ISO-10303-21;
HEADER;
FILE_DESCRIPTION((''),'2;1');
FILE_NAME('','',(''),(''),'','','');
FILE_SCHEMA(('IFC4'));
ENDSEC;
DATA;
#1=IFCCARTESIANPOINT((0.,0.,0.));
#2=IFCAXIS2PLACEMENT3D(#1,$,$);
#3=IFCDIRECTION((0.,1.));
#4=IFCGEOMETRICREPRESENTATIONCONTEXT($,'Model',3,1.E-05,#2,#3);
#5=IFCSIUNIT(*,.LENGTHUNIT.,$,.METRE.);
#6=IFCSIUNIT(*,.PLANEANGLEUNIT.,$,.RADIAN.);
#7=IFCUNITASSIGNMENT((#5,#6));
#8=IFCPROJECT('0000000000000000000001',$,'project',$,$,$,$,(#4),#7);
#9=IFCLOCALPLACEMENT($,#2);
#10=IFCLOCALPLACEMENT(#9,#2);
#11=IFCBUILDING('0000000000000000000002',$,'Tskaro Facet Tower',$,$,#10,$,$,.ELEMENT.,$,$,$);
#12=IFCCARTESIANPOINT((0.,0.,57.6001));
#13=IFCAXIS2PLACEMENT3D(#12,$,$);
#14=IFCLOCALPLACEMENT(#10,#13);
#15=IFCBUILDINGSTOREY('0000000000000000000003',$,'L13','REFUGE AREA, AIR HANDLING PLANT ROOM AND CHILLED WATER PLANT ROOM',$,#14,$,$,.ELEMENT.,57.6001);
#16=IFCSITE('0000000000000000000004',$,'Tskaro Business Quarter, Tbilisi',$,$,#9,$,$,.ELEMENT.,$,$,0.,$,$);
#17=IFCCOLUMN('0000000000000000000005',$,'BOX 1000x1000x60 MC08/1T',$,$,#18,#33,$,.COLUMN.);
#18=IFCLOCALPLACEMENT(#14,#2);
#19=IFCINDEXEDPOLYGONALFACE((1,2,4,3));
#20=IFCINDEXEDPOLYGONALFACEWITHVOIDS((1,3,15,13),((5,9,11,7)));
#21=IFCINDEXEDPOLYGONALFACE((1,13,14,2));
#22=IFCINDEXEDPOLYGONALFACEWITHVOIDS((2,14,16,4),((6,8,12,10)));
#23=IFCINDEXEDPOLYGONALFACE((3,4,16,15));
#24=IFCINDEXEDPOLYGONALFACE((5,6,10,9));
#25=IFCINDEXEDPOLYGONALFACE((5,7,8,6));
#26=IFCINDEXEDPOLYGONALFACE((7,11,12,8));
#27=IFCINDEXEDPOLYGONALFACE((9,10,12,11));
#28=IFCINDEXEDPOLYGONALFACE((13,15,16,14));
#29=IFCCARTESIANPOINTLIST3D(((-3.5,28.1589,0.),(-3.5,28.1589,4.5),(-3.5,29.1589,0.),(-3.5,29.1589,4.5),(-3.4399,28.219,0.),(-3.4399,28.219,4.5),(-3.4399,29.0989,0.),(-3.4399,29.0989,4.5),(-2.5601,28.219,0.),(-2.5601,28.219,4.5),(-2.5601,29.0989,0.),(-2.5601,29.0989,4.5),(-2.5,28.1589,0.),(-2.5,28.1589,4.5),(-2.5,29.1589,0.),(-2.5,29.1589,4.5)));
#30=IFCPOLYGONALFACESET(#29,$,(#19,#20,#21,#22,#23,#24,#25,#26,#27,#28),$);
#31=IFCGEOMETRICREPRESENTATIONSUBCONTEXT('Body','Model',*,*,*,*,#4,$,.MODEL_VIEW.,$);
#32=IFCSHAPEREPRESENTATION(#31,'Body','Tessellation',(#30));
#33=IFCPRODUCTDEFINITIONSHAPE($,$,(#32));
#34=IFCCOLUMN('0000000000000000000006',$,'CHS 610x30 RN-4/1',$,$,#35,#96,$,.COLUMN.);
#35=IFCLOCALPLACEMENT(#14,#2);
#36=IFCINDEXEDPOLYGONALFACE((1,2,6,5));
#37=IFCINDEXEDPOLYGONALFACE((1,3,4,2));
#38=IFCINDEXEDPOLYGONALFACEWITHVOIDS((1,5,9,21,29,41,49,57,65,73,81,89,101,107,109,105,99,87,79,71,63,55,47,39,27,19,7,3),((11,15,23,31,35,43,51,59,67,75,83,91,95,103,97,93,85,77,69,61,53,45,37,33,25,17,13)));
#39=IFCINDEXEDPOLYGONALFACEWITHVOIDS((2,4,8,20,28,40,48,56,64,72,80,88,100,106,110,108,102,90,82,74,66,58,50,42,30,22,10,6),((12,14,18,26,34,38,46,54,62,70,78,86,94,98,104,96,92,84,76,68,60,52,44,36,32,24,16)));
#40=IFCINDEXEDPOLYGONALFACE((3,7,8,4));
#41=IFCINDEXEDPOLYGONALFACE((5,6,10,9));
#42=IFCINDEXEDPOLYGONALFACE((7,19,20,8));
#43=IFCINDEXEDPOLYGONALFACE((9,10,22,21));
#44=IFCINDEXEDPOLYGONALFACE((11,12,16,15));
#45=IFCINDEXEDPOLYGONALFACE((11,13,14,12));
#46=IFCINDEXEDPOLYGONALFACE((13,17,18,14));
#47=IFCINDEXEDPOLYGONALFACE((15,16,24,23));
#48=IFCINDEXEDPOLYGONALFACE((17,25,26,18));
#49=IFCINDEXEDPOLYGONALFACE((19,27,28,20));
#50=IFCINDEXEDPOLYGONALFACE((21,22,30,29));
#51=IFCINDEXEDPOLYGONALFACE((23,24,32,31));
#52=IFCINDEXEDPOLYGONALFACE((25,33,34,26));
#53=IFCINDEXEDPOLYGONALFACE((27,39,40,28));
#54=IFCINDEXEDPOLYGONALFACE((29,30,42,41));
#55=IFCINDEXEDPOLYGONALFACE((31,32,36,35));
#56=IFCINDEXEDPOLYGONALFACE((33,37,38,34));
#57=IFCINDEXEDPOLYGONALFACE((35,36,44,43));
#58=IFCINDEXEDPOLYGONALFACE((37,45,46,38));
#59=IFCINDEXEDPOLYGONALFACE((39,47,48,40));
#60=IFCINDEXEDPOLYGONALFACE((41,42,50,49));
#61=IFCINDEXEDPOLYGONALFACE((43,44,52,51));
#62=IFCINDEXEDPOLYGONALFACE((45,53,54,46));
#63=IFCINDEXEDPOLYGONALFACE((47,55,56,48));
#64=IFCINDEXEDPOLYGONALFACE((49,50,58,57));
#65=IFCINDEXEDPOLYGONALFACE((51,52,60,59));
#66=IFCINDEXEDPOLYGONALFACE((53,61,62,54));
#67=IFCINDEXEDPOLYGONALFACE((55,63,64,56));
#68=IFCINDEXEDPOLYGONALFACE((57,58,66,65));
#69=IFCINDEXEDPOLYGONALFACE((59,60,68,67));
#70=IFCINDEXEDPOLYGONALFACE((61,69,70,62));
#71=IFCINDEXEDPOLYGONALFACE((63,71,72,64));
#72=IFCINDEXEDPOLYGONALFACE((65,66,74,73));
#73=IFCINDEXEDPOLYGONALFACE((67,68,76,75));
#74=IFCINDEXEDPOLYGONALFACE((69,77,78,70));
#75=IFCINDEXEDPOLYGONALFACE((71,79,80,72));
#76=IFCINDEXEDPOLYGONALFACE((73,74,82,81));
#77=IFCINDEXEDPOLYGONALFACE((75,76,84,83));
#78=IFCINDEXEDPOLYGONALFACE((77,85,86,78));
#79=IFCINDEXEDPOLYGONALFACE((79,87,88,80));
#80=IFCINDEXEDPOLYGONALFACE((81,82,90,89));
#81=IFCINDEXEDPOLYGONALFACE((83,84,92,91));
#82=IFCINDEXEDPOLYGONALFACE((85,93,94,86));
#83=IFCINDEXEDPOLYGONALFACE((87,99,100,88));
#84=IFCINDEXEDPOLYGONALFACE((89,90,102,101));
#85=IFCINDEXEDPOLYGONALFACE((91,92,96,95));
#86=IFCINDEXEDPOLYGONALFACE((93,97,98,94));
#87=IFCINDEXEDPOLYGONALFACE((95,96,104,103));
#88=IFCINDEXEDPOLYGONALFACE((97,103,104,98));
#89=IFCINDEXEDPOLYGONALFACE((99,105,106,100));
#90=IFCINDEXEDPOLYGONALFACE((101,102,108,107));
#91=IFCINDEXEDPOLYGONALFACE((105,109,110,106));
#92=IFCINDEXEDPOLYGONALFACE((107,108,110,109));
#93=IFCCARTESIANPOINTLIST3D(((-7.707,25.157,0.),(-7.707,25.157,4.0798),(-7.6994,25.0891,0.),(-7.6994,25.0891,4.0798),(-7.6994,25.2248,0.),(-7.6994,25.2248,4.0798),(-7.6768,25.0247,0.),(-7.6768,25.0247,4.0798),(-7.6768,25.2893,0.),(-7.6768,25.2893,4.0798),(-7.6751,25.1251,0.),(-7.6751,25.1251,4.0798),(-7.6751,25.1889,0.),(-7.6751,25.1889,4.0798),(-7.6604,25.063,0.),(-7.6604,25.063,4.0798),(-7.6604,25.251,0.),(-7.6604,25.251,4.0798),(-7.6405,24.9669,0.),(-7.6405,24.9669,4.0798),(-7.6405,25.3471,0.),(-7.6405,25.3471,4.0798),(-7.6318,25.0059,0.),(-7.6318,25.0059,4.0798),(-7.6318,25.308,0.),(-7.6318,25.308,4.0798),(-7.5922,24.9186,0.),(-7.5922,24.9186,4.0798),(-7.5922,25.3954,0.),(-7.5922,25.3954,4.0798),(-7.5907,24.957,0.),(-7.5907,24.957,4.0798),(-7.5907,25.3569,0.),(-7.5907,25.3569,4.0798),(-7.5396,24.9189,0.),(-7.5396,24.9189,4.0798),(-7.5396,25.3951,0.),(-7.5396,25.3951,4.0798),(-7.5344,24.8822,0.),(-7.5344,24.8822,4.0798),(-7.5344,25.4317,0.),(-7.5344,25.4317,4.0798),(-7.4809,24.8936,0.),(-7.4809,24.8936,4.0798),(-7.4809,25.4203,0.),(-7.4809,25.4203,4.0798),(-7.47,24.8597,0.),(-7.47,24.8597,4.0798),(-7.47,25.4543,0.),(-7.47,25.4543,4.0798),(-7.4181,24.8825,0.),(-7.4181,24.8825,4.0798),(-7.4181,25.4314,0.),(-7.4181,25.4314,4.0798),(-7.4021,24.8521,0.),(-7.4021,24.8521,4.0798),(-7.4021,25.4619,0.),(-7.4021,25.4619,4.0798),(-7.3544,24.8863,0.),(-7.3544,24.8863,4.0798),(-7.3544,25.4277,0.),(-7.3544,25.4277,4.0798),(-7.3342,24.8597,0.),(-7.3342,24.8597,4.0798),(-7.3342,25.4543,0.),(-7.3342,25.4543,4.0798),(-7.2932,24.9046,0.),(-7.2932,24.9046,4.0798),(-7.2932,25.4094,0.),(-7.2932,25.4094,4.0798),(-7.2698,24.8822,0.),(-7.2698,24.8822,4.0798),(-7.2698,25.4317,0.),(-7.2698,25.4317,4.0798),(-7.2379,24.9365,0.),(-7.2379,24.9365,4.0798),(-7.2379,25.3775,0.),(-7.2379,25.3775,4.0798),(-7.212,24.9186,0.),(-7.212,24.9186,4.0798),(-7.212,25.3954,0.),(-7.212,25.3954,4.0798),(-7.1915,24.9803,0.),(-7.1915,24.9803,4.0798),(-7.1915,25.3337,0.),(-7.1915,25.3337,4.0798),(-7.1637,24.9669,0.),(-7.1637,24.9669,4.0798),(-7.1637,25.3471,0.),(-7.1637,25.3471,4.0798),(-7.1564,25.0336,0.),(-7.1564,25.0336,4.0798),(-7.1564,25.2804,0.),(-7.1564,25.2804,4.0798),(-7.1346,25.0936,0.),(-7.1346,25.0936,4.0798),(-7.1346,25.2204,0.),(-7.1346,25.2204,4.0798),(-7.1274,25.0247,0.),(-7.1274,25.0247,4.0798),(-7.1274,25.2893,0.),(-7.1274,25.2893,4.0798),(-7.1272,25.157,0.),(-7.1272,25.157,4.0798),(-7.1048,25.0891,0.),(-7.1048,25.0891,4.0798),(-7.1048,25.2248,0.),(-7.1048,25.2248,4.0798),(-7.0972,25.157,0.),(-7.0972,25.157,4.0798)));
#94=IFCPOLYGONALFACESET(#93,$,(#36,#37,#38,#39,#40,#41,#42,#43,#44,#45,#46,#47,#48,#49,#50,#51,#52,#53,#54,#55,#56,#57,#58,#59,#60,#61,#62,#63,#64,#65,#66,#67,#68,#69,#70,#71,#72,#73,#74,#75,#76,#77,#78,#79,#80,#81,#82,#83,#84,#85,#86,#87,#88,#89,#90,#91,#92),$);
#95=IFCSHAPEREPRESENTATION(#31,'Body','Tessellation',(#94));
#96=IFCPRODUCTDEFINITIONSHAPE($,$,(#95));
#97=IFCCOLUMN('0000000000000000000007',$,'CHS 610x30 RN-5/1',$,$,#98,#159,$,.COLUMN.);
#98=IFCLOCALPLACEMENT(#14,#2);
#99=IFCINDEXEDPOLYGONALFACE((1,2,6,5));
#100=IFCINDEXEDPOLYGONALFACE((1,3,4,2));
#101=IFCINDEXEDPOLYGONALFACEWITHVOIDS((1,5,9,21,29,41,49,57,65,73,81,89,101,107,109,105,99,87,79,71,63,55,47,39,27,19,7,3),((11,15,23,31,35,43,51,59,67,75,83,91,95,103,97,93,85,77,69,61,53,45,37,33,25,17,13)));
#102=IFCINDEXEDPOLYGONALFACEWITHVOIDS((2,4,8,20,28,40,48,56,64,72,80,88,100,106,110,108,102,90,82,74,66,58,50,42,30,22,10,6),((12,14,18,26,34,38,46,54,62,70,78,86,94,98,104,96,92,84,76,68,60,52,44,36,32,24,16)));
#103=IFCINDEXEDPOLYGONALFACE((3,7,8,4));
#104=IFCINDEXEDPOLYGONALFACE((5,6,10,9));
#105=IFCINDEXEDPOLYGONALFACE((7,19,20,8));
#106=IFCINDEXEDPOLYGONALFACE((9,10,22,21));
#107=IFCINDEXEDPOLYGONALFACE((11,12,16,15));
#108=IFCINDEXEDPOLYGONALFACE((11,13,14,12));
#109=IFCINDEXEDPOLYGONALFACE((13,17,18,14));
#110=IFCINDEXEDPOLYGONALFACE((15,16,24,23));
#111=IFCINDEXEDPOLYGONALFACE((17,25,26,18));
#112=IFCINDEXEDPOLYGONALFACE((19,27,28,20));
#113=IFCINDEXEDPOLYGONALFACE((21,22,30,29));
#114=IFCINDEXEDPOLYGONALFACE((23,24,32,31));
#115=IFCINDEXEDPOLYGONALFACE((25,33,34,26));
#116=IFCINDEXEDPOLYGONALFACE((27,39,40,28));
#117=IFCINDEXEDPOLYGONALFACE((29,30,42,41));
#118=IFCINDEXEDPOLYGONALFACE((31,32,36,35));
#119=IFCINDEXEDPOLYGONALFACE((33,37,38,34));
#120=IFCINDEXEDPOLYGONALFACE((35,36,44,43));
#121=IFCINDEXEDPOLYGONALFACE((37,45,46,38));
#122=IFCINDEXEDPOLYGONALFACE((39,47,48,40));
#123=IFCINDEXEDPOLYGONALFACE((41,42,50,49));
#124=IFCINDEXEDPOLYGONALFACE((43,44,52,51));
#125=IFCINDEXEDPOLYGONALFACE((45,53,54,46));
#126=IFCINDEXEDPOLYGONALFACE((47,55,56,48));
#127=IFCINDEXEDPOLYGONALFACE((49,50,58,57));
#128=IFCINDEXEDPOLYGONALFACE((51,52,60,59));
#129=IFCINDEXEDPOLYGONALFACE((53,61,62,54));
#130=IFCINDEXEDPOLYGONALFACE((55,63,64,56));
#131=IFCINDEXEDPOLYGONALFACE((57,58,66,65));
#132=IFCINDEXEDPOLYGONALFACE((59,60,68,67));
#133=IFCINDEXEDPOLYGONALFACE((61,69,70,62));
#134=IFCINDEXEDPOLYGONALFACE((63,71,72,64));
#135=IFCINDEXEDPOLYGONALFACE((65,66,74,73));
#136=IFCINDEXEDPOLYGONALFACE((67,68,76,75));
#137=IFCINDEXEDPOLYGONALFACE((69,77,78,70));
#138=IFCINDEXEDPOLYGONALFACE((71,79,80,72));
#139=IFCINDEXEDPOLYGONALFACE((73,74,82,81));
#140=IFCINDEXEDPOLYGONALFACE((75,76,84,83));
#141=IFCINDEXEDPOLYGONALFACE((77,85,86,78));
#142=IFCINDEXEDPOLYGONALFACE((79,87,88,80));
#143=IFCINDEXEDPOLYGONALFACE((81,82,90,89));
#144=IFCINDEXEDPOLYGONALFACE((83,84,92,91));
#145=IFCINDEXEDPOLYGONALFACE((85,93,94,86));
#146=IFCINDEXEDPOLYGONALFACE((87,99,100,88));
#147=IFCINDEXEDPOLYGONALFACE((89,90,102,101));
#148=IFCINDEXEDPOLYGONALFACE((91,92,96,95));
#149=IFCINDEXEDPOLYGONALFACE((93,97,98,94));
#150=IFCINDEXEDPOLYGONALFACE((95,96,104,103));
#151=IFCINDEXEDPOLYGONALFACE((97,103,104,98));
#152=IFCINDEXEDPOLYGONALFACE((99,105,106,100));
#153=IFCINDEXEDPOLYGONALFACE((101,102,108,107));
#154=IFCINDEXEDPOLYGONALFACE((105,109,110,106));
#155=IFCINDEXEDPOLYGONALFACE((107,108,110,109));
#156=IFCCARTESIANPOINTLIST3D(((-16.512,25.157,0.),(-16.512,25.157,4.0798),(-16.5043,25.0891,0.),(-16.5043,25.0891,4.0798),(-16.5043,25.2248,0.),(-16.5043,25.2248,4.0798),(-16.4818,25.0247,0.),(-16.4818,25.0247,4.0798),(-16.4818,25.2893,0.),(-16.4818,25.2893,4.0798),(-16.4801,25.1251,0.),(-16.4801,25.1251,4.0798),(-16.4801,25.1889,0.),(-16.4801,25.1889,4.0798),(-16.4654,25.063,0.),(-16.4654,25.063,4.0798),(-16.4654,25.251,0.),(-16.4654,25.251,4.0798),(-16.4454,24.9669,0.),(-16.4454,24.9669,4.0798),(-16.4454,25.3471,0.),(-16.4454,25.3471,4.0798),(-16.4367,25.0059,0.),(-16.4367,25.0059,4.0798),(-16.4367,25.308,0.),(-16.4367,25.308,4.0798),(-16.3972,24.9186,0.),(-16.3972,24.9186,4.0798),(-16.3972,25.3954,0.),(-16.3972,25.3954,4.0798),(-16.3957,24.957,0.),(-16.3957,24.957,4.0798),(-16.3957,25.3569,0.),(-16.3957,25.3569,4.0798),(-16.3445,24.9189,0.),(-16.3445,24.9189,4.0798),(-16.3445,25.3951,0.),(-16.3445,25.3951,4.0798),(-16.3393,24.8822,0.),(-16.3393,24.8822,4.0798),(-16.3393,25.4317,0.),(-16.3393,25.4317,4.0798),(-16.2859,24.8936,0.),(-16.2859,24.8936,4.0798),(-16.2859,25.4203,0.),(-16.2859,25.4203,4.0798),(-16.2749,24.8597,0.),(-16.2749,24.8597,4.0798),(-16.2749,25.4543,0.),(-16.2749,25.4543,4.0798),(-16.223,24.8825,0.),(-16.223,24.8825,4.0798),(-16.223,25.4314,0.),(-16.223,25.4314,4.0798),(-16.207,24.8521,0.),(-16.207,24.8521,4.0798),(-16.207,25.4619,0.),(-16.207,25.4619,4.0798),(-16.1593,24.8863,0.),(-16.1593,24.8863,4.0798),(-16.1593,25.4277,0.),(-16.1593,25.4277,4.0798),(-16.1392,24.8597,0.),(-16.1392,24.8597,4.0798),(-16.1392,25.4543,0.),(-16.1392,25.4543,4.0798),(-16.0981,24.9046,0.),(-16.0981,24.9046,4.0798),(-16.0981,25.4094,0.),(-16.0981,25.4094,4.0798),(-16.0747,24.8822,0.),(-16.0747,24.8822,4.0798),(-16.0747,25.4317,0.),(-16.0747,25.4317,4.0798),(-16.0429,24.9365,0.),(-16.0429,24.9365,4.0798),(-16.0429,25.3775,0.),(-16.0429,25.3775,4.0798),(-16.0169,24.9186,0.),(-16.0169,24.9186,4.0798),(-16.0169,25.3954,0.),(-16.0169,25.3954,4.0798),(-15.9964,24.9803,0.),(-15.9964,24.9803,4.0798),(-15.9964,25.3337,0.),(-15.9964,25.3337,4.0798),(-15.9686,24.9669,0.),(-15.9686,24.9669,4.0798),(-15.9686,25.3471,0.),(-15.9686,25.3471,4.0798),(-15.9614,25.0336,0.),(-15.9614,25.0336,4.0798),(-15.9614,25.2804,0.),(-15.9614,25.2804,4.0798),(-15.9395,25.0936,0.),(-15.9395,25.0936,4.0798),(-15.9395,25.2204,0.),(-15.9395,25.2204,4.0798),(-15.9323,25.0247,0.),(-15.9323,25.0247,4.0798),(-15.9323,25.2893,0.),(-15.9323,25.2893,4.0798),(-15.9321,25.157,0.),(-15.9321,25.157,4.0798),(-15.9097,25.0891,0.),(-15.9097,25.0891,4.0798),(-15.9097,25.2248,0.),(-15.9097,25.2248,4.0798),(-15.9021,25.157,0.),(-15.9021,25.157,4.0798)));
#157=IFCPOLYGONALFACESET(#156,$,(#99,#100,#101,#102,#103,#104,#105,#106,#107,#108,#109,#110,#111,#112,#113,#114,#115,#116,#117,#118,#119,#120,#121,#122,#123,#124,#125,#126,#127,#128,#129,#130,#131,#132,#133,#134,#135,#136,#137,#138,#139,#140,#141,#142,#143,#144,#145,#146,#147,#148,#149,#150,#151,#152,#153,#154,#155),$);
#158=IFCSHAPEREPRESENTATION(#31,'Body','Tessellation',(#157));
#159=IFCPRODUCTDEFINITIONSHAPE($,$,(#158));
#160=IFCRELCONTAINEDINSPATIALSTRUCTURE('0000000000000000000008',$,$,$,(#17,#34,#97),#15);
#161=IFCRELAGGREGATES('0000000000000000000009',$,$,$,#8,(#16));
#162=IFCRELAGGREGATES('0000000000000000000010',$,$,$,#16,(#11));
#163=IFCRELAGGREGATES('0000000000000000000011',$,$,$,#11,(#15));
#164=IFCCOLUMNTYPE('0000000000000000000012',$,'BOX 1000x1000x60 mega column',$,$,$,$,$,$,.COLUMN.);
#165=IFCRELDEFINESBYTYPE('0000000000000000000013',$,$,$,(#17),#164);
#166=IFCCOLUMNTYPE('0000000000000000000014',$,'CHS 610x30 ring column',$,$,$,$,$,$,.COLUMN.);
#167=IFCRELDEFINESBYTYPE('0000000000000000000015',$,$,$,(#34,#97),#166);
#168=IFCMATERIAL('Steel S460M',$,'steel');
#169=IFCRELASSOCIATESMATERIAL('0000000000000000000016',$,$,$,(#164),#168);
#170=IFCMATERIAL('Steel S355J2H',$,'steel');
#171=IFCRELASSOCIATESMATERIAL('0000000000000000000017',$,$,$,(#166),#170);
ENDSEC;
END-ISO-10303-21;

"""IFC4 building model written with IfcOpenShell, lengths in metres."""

from ifc_helpers import new_model, si_unit, direction, frame, origin, origin_2d, place, context, subcontext, project, spatial, hollow_rectangle, hollow_circle, extrude, material, material_profile, profile_set, type_object, element, save


model = new_model("IFC4")

# Units and contexts
model_context = context("Model", 3, precision=1e-05, world=origin(), true_north=direction((0.0, 1.0)))
body_context = subcontext(model_context, "Body", "Model", "MODEL_VIEW")
ifc_project = project(units=[si_unit("LENGTHUNIT", "METRE"), si_unit("PLANEANGLEUNIT", "RADIAN")], contexts=[model_context])

# Site, building, storey
site_placement = place(None, origin())
site = spatial("IfcSite", under=ifc_project, at=site_placement, Name="Tskaro Business Quarter, Tbilisi", CompositionType="ELEMENT", RefElevation=0.0)
building_placement = place(site_placement, origin())
building = spatial("IfcBuilding", under=site, at=building_placement, Name="Tskaro Facet Tower", CompositionType="ELEMENT")
storey_placement = place(building_placement, frame((0.0, 0.0, 57.6001)))
storey = spatial("IfcBuildingStorey", under=building, at=storey_placement, Name="L13", Description="REFUGE AREA, AIR HANDLING PLANT ROOM AND CHILLED WATER PLANT ROOM", CompositionType="ELEMENT", Elevation=57.6001)

# Columns
ifc_material_1 = material(Name="Steel S460M", Category="steel")
ifc_material_profile_1 = material_profile(ifc_material_1, hollow_rectangle(XDim=1.0, YDim=1.0, WallThickness=0.0601, at=origin_2d()), Name="BOX 1000x1000x60")
ifc_profile_set_1 = profile_set([ifc_material_profile_1], Name="Steel S460M")
column_type_1 = type_object("IfcColumnType", Name="BOX 1000x1000x60 mega column", PredefinedType="COLUMN", material=ifc_profile_set_1)
column_1_placement = place(storey_placement, frame((-3.0, 28.6589, 0.0), z_axis=(0.0, 0.0, 1.0), x_axis=(1.0, 0.0, 0.0)))
element("IfcColumn", 1, at=column_1_placement, inside=storey, type_object=column_type_1, Name="BOX 1000x1000x60 MC08/1T", PredefinedType="COLUMN", context=body_context, shape_type="SweptSolid", body=[
    extrude(hollow_rectangle(XDim=1.0, YDim=1.0, WallThickness=0.0601, at=origin_2d()), origin(), (0.0, 0.0, 1.0), 4.5),
])
ifc_material_2 = material(Name="Steel S355J2H", Category="steel")
ifc_material_profile_2 = material_profile(ifc_material_2, hollow_circle(Radius=0.3049, WallThickness=0.03, at=origin_2d()), Name="CHS 610x30")
ifc_profile_set_2 = profile_set([ifc_material_profile_2], Name="Steel S355J2H")
column_type_2 = type_object("IfcColumnType", Name="CHS 610x30 ring column", PredefinedType="COLUMN", material=ifc_profile_set_2)
for number, where, z_axis, x_axis, name in (
    (2, (-7.4021, 25.157, 0.0), (0.0, 0.0, 1.0), (1.0, 0.0, 0.0), "CHS 610x30 RN-4/1"),
    (3, (-16.207, 25.157, 0.0), (0.0, 0.0, 1.0), (1.0, 0.0, 0.0), "CHS 610x30 RN-5/1"),
):
    element("IfcColumn", number, at=place(storey_placement, frame(where, z_axis=z_axis, x_axis=x_axis)), inside=storey, type_object=column_type_2, Name=name, PredefinedType="COLUMN", context=body_context, shape_type="SweptSolid", body=[
        extrude(hollow_circle(Radius=0.3049, WallThickness=0.03, at=origin_2d()), origin(), (0.0, 0.0, 1.0), 4.0798),
    ])

save(model, "model.ifc")
